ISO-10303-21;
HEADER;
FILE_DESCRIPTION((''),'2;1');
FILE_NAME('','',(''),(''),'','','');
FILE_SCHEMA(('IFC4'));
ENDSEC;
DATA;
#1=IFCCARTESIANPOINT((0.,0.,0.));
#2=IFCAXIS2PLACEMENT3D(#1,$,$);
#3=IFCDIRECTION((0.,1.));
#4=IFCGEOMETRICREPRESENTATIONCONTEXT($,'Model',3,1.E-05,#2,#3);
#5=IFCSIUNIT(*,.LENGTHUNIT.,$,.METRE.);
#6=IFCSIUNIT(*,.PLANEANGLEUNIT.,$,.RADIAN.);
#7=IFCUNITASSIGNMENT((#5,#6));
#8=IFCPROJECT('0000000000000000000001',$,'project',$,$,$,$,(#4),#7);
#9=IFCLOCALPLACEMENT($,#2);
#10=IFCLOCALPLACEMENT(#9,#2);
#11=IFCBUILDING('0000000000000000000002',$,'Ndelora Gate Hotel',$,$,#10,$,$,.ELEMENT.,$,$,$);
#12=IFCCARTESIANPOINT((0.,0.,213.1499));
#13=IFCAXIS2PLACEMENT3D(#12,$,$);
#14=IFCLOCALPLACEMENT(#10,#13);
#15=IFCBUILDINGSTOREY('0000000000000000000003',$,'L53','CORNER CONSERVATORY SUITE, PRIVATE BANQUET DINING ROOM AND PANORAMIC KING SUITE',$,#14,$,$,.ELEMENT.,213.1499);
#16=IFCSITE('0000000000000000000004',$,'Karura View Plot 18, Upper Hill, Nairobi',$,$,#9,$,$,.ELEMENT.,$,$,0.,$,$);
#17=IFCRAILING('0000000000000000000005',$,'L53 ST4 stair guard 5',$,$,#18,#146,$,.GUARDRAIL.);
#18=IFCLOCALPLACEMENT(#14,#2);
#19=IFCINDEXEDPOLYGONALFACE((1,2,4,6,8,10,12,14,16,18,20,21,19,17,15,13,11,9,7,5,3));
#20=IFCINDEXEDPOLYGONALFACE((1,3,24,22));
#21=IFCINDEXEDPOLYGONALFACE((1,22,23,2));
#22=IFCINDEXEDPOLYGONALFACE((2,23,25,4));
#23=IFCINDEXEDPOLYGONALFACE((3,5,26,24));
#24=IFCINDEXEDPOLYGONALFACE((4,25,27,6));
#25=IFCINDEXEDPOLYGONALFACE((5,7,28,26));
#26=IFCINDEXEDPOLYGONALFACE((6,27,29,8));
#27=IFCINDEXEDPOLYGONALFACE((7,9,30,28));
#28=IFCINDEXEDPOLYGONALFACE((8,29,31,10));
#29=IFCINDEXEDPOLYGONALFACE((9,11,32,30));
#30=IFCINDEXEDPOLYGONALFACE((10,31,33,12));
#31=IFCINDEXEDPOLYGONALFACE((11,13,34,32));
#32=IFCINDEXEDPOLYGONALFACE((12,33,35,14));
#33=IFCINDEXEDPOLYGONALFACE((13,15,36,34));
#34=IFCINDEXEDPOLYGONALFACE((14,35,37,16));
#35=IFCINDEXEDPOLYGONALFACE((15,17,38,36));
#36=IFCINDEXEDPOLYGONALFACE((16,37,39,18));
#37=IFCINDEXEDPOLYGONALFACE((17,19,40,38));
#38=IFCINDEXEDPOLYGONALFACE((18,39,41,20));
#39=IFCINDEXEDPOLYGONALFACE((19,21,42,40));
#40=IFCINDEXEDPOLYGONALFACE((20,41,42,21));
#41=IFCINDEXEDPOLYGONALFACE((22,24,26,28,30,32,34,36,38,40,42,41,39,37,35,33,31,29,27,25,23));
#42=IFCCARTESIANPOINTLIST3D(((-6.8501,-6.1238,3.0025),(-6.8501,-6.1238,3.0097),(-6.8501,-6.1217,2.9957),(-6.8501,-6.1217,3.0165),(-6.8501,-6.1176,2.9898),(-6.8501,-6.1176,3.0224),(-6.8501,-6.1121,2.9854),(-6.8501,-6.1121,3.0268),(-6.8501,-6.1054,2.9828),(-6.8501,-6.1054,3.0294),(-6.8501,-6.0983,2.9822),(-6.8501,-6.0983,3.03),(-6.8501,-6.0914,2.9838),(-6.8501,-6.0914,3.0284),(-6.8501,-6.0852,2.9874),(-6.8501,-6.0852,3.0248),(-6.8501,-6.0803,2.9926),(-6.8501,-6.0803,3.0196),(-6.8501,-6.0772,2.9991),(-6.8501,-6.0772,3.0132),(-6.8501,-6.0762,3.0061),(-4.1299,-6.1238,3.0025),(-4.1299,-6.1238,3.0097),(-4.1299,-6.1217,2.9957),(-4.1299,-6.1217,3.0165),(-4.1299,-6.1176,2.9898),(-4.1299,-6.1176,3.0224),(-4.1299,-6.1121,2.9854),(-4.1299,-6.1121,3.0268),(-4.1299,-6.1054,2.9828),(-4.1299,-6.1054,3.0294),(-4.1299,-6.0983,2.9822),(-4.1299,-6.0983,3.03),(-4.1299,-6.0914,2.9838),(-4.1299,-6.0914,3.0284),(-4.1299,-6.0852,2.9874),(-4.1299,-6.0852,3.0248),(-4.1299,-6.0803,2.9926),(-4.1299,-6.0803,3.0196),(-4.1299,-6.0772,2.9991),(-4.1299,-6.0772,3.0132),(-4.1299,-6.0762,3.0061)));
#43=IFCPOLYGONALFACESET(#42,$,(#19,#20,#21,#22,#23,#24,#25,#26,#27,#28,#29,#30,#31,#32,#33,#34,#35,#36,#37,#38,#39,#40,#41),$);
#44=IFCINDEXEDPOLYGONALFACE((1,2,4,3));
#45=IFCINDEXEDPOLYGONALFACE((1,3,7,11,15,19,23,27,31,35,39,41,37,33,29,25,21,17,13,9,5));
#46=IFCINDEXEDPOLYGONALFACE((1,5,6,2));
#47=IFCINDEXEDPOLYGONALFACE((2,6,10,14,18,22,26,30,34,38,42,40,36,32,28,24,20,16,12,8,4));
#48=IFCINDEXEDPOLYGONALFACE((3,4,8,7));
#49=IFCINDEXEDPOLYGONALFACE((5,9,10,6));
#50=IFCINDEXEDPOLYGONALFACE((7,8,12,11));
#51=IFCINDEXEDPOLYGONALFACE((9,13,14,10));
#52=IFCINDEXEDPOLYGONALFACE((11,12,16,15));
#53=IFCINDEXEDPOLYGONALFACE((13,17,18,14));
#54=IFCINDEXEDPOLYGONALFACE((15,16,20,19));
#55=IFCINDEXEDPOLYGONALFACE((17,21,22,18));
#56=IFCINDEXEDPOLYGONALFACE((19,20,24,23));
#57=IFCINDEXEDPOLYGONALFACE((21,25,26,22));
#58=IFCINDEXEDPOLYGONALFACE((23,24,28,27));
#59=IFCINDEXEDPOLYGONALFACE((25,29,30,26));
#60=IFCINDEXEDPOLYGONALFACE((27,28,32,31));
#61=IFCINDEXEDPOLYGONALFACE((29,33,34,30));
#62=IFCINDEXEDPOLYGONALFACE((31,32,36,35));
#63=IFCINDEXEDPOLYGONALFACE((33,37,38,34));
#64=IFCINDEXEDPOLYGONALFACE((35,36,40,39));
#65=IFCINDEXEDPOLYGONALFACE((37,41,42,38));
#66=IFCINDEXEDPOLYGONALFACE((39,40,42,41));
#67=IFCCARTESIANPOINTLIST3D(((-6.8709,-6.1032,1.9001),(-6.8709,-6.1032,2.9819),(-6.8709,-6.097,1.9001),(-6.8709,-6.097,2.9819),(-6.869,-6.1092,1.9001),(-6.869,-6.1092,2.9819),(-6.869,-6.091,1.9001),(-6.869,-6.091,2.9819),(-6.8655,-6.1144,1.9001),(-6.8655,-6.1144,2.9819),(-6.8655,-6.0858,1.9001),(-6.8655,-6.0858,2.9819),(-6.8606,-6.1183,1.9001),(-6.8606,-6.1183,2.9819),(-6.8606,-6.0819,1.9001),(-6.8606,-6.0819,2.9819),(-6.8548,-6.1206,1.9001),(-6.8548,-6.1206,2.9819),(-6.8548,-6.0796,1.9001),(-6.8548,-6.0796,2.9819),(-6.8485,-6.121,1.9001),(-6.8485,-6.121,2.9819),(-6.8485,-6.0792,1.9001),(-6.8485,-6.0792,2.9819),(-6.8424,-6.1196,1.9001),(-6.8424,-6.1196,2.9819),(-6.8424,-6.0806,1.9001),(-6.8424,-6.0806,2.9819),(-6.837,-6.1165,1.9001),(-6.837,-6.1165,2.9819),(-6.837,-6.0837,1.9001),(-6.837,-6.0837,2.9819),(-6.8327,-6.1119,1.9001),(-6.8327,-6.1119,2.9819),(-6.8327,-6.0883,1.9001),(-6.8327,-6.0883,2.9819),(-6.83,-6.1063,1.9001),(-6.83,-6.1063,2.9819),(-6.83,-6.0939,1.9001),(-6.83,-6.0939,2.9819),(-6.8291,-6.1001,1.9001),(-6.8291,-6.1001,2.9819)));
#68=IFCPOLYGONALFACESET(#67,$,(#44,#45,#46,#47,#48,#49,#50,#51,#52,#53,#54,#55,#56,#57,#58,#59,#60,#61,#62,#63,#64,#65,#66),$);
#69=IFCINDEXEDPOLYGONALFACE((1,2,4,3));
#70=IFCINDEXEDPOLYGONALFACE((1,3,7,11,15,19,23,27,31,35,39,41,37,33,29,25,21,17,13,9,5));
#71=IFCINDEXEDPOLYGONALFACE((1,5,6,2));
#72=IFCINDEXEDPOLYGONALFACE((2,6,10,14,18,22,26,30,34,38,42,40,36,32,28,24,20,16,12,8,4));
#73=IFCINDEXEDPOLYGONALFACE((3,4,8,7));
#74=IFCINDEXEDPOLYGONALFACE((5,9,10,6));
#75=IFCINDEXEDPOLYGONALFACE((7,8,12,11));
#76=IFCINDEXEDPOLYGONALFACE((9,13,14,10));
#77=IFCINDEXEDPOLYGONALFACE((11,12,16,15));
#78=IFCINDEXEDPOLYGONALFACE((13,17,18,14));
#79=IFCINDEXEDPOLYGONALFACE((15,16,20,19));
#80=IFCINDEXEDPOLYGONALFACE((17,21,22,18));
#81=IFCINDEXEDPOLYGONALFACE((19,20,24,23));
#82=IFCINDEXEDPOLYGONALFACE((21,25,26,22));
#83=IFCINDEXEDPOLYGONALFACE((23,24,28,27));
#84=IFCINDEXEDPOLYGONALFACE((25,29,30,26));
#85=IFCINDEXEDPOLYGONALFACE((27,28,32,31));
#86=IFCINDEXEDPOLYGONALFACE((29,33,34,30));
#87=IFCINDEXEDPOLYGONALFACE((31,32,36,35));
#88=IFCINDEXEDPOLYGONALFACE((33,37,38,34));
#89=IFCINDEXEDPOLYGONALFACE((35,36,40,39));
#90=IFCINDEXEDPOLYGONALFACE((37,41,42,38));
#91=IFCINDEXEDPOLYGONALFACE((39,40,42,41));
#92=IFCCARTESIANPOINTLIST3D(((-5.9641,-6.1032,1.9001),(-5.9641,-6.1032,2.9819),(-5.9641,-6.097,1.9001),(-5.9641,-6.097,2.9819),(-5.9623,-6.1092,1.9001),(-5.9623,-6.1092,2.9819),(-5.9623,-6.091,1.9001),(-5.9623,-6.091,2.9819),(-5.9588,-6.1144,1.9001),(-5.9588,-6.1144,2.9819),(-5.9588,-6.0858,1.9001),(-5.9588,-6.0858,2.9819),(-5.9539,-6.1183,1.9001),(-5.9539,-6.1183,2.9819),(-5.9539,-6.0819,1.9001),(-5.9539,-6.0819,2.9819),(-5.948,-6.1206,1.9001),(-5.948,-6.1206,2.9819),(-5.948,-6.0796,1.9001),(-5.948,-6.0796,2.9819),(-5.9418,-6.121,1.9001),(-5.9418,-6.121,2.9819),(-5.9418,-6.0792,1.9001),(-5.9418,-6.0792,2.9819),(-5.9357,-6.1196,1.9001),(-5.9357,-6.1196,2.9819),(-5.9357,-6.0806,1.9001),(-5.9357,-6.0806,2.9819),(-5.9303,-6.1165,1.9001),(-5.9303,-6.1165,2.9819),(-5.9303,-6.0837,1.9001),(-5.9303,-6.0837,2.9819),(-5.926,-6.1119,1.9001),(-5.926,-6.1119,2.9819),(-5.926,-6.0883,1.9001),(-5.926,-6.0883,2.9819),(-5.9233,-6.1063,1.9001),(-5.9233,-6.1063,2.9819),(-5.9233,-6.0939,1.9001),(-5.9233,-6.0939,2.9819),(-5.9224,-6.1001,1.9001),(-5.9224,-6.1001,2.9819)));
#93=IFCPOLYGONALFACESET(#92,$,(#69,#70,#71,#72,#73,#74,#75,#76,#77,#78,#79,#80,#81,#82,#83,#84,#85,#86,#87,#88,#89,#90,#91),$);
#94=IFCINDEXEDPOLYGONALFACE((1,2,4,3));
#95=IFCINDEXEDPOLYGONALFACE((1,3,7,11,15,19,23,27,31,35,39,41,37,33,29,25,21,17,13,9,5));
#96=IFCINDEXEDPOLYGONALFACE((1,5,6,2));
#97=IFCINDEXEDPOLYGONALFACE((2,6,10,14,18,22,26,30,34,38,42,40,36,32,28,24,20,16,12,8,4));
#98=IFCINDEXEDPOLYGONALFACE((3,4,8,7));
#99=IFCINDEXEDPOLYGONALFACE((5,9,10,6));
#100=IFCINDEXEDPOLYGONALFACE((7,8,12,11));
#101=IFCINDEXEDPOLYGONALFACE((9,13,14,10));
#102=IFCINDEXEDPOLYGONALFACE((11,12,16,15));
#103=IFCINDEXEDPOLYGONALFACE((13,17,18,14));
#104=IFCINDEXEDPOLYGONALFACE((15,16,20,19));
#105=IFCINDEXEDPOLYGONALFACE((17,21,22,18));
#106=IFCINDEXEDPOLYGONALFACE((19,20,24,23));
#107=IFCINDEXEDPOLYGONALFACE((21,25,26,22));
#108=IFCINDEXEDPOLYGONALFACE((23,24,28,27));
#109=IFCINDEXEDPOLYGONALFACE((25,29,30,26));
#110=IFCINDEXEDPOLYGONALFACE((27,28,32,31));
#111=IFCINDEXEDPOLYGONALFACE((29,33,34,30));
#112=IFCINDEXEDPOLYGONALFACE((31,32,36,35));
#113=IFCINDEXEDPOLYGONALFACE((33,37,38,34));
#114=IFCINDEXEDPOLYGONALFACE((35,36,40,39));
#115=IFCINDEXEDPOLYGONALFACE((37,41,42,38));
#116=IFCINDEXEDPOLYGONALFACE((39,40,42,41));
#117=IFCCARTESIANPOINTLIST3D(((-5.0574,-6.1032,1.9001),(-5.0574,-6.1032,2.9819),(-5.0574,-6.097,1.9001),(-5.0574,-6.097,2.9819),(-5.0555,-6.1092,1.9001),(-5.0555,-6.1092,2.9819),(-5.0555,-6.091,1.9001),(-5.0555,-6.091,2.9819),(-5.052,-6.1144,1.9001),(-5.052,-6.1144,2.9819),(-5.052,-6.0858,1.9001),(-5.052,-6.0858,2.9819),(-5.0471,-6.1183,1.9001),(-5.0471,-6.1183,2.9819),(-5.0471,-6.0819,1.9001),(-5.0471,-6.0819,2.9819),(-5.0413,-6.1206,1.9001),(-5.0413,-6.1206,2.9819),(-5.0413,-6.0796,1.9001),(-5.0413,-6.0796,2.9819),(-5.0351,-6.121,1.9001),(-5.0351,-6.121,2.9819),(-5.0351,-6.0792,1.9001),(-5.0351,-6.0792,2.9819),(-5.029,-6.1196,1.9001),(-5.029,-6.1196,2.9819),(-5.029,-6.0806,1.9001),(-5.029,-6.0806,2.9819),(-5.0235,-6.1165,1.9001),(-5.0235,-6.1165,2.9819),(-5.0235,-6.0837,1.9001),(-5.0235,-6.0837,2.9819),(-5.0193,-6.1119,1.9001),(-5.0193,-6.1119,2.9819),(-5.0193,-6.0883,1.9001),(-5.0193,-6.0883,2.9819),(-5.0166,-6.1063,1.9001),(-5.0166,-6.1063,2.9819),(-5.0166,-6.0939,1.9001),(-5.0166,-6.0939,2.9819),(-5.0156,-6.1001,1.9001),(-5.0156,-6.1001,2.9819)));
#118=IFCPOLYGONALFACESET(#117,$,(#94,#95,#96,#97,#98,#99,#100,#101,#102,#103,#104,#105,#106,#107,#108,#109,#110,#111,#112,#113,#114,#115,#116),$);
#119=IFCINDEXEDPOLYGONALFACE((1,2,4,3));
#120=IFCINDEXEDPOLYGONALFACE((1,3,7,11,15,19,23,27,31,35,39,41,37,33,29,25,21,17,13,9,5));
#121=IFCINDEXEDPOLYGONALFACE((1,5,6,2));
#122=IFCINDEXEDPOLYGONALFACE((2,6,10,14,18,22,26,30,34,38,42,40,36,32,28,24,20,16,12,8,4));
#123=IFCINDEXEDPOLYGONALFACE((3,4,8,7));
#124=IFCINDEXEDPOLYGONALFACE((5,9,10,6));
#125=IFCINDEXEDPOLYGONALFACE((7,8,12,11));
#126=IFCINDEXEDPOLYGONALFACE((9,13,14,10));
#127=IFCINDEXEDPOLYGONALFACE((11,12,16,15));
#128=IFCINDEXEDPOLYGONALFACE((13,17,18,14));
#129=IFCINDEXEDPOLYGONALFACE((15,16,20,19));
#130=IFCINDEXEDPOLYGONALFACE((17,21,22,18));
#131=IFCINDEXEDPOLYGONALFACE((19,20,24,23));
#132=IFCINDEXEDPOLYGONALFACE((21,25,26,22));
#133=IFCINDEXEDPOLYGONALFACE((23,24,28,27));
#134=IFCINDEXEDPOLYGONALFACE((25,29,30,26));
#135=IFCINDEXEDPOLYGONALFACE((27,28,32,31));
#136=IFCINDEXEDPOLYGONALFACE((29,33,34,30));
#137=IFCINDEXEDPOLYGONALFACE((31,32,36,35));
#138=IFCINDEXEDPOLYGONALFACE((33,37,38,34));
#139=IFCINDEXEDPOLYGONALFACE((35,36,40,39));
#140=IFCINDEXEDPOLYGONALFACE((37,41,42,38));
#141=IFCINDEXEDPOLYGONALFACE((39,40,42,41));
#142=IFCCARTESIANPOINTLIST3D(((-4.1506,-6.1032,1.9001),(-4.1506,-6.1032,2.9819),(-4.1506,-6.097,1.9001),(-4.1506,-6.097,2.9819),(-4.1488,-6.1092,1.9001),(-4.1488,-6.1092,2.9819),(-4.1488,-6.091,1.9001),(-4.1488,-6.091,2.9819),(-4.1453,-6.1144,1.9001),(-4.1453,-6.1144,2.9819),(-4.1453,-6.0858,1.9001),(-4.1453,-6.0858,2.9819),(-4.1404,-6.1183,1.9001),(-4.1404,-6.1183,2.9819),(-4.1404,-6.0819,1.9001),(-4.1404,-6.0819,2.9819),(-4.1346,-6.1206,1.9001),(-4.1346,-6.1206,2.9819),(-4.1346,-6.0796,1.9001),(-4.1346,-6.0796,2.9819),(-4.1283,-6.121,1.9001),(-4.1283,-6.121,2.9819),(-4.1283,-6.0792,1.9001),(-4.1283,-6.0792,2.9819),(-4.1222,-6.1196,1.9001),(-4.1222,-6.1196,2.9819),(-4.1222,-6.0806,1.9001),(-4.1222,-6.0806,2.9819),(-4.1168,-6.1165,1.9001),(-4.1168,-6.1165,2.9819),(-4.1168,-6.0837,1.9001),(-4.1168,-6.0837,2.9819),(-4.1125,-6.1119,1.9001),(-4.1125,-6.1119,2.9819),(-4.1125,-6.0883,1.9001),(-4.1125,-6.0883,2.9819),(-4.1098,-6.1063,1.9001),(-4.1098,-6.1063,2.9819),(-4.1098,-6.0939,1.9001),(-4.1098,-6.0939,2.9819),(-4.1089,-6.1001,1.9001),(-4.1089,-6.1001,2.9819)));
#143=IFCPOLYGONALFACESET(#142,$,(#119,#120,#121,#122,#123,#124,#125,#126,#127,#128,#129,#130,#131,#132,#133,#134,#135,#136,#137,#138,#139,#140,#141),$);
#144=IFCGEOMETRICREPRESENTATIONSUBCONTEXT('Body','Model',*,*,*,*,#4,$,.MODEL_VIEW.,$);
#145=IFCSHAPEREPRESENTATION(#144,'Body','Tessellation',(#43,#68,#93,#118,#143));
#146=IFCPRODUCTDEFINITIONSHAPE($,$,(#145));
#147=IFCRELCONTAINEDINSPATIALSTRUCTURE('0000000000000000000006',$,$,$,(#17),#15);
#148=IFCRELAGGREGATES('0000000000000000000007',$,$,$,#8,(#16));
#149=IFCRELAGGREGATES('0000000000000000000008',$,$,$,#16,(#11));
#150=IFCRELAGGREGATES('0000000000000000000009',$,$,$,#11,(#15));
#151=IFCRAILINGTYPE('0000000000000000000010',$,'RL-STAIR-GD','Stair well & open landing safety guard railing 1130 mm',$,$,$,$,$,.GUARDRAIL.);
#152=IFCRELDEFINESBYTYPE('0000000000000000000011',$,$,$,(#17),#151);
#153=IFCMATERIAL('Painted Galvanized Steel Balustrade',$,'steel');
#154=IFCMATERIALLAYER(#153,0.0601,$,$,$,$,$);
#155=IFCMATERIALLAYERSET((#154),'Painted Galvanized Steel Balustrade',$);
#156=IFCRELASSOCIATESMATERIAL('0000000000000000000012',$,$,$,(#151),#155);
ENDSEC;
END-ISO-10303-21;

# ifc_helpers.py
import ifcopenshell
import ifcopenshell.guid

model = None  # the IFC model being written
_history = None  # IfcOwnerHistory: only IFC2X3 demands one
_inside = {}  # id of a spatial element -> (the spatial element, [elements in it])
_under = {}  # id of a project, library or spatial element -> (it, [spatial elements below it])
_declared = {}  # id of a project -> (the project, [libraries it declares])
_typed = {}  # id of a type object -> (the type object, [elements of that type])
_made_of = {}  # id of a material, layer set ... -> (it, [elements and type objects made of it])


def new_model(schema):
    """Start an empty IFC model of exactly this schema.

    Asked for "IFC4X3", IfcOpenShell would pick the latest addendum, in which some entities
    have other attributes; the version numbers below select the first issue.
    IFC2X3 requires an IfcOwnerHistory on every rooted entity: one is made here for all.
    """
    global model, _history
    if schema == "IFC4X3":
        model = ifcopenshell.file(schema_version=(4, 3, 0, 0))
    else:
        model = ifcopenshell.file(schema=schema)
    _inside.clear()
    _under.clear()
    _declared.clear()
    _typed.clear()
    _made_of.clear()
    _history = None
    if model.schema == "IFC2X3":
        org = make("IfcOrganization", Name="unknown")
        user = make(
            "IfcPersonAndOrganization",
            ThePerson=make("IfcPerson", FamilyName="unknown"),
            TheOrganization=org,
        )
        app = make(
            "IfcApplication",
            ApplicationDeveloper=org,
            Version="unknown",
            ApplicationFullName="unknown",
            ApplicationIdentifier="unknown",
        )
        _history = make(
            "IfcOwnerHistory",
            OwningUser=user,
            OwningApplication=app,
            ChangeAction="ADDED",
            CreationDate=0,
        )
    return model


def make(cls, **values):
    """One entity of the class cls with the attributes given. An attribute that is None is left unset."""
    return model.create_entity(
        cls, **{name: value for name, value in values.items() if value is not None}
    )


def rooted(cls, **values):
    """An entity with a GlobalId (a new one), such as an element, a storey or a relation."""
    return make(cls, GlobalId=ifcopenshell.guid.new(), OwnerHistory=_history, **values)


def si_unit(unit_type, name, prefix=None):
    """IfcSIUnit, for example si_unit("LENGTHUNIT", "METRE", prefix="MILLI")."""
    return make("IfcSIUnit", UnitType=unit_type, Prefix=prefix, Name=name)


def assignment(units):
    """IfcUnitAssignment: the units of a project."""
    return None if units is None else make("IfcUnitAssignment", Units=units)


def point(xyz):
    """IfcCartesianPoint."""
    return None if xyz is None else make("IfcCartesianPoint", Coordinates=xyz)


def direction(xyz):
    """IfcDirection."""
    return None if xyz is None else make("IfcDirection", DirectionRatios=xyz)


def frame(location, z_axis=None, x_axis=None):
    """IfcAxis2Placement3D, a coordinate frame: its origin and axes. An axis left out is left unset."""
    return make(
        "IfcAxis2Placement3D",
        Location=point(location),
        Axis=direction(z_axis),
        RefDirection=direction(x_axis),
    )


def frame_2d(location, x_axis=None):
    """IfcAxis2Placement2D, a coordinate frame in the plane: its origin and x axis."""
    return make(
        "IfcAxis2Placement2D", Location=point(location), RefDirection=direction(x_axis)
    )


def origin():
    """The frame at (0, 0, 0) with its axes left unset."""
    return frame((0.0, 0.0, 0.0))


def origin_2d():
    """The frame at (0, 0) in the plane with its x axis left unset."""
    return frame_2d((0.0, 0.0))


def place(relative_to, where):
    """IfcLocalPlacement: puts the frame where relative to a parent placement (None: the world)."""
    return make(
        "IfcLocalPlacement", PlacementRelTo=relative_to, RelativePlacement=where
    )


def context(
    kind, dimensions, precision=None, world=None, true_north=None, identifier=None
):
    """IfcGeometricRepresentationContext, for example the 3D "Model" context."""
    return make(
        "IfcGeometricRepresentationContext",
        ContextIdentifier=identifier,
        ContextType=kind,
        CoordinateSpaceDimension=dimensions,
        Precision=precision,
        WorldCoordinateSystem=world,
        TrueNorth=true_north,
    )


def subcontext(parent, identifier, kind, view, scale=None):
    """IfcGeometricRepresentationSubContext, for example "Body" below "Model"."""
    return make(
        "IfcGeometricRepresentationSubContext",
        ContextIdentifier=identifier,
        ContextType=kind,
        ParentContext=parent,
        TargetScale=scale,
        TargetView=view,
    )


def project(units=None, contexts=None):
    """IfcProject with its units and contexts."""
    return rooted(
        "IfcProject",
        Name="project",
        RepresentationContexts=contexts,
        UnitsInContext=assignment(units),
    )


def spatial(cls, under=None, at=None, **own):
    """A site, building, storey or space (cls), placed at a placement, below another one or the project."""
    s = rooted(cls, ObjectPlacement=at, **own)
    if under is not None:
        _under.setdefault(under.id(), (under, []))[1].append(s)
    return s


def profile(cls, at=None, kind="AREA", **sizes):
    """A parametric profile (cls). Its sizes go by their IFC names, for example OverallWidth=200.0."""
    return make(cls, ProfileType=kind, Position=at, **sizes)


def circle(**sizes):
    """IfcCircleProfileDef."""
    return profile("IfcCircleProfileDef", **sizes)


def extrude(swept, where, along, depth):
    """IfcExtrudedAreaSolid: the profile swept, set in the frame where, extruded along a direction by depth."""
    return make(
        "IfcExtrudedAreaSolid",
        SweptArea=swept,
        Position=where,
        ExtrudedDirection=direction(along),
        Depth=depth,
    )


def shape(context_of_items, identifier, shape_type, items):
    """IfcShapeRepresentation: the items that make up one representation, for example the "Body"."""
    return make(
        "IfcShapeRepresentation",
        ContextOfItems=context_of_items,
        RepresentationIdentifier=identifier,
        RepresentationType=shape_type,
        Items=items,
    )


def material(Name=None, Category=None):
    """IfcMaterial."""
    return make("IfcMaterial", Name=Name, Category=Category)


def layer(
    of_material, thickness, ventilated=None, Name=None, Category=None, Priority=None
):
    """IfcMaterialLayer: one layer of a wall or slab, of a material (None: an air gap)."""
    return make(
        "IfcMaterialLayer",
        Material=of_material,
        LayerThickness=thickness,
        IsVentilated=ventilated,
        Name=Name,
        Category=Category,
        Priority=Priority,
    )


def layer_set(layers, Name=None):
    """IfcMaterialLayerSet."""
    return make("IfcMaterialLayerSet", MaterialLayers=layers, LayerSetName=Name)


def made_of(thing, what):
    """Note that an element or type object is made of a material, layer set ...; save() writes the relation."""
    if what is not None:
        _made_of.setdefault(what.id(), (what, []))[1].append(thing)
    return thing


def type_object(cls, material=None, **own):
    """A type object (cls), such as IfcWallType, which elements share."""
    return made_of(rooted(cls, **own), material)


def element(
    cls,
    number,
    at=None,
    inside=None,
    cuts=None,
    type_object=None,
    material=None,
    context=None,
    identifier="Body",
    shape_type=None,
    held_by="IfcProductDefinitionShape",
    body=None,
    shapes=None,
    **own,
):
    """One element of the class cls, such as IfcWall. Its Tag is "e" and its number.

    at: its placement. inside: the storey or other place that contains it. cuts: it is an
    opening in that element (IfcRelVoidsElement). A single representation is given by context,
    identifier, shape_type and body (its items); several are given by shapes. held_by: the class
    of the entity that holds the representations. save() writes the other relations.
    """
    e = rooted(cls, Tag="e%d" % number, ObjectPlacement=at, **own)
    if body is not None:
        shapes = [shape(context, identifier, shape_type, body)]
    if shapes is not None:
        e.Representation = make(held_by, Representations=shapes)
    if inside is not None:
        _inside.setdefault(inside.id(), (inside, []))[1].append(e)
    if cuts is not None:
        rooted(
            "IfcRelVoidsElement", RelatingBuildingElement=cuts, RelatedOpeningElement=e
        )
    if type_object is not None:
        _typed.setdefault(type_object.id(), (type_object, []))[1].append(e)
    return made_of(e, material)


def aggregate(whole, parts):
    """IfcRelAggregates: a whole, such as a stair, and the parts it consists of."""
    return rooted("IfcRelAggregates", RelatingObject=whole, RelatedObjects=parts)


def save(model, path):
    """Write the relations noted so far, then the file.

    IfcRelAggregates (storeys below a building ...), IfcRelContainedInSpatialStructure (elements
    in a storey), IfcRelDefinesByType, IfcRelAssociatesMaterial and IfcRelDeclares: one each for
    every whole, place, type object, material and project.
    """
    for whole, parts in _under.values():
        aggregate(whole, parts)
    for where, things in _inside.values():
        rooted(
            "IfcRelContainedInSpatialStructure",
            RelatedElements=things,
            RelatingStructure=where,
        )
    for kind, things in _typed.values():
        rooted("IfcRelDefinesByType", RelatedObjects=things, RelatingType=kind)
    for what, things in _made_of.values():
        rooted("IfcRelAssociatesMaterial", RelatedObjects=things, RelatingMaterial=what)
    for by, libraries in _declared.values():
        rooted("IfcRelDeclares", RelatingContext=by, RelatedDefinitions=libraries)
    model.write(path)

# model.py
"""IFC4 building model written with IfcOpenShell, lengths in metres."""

from ifc_helpers import new_model, si_unit, direction, frame, origin, origin_2d, place, context, subcontext, project, spatial, circle, extrude, material, layer, layer_set, type_object, element, save


model = new_model("IFC4")

# Units and contexts
model_context = context("Model", 3, precision=1e-05, world=origin(), true_north=direction((0.0, 1.0)))
body_context = subcontext(model_context, "Body", "Model", "MODEL_VIEW")
ifc_project = project(units=[si_unit("LENGTHUNIT", "METRE"), si_unit("PLANEANGLEUNIT", "RADIAN")], contexts=[model_context])

# Site, building, storey
site_placement = place(None, origin())
site = spatial("IfcSite", under=ifc_project, at=site_placement, Name="Karura View Plot 18, Upper Hill, Nairobi", CompositionType="ELEMENT", RefElevation=0.0)
building_placement = place(site_placement, origin())
building = spatial("IfcBuilding", under=site, at=building_placement, Name="Ndelora Gate Hotel", CompositionType="ELEMENT")
storey_placement = place(building_placement, frame((0.0, 0.0, 213.1499)))
storey = spatial("IfcBuildingStorey", under=building, at=storey_placement, Name="L53", Description="CORNER CONSERVATORY SUITE, PRIVATE BANQUET DINING ROOM AND PANORAMIC KING SUITE", CompositionType="ELEMENT", Elevation=213.1499)

# Railing
ifc_material_1 = material(Name="Painted Galvanized Steel Balustrade", Category="steel")
ifc_layer_1 = layer(ifc_material_1, 0.0601)
ifc_layer_set_1 = layer_set([ifc_layer_1], Name="Painted Galvanized Steel Balustrade")
railing_type_1 = type_object("IfcRailingType", Name="RL-STAIR-GD", Description="Stair well & open landing safety guard railing 1130 mm", PredefinedType="GUARDRAIL", material=ifc_layer_set_1)
railing_1_placement = place(storey_placement, frame((-6.8501, -6.1001, 1.9001)))
element("IfcRailing", 1, at=railing_1_placement, inside=storey, type_object=railing_type_1, Name="L53 ST4 stair guard 5", PredefinedType="GUARDRAIL", context=body_context, shape_type="SweptSolid", body=[
    extrude(circle(Radius=0.0239, at=origin_2d()), frame((0.0, 0.0, 1.106), z_axis=(1.0, 0.0, 0.0), x_axis=(0.0, 1.0, 0.0)), (0.0, 0.0, 1.0), 2.7202),
    extrude(circle(Radius=0.021, at=origin_2d()), origin(), (0.0, 0.0, 1.0), 1.0818),
    extrude(circle(Radius=0.021, at=origin_2d()), frame((0.9067, 0.0, 0.0)), (0.0, 0.0, 1.0), 1.0818),
    extrude(circle(Radius=0.021, at=origin_2d()), frame((1.8135, 0.0, 0.0)), (0.0, 0.0, 1.0), 1.0818),
    extrude(circle(Radius=0.021, at=origin_2d()), frame((2.7202, 0.0, 0.0)), (0.0, 0.0, 1.0), 1.0818),
])

save(model, "model.ifc")
